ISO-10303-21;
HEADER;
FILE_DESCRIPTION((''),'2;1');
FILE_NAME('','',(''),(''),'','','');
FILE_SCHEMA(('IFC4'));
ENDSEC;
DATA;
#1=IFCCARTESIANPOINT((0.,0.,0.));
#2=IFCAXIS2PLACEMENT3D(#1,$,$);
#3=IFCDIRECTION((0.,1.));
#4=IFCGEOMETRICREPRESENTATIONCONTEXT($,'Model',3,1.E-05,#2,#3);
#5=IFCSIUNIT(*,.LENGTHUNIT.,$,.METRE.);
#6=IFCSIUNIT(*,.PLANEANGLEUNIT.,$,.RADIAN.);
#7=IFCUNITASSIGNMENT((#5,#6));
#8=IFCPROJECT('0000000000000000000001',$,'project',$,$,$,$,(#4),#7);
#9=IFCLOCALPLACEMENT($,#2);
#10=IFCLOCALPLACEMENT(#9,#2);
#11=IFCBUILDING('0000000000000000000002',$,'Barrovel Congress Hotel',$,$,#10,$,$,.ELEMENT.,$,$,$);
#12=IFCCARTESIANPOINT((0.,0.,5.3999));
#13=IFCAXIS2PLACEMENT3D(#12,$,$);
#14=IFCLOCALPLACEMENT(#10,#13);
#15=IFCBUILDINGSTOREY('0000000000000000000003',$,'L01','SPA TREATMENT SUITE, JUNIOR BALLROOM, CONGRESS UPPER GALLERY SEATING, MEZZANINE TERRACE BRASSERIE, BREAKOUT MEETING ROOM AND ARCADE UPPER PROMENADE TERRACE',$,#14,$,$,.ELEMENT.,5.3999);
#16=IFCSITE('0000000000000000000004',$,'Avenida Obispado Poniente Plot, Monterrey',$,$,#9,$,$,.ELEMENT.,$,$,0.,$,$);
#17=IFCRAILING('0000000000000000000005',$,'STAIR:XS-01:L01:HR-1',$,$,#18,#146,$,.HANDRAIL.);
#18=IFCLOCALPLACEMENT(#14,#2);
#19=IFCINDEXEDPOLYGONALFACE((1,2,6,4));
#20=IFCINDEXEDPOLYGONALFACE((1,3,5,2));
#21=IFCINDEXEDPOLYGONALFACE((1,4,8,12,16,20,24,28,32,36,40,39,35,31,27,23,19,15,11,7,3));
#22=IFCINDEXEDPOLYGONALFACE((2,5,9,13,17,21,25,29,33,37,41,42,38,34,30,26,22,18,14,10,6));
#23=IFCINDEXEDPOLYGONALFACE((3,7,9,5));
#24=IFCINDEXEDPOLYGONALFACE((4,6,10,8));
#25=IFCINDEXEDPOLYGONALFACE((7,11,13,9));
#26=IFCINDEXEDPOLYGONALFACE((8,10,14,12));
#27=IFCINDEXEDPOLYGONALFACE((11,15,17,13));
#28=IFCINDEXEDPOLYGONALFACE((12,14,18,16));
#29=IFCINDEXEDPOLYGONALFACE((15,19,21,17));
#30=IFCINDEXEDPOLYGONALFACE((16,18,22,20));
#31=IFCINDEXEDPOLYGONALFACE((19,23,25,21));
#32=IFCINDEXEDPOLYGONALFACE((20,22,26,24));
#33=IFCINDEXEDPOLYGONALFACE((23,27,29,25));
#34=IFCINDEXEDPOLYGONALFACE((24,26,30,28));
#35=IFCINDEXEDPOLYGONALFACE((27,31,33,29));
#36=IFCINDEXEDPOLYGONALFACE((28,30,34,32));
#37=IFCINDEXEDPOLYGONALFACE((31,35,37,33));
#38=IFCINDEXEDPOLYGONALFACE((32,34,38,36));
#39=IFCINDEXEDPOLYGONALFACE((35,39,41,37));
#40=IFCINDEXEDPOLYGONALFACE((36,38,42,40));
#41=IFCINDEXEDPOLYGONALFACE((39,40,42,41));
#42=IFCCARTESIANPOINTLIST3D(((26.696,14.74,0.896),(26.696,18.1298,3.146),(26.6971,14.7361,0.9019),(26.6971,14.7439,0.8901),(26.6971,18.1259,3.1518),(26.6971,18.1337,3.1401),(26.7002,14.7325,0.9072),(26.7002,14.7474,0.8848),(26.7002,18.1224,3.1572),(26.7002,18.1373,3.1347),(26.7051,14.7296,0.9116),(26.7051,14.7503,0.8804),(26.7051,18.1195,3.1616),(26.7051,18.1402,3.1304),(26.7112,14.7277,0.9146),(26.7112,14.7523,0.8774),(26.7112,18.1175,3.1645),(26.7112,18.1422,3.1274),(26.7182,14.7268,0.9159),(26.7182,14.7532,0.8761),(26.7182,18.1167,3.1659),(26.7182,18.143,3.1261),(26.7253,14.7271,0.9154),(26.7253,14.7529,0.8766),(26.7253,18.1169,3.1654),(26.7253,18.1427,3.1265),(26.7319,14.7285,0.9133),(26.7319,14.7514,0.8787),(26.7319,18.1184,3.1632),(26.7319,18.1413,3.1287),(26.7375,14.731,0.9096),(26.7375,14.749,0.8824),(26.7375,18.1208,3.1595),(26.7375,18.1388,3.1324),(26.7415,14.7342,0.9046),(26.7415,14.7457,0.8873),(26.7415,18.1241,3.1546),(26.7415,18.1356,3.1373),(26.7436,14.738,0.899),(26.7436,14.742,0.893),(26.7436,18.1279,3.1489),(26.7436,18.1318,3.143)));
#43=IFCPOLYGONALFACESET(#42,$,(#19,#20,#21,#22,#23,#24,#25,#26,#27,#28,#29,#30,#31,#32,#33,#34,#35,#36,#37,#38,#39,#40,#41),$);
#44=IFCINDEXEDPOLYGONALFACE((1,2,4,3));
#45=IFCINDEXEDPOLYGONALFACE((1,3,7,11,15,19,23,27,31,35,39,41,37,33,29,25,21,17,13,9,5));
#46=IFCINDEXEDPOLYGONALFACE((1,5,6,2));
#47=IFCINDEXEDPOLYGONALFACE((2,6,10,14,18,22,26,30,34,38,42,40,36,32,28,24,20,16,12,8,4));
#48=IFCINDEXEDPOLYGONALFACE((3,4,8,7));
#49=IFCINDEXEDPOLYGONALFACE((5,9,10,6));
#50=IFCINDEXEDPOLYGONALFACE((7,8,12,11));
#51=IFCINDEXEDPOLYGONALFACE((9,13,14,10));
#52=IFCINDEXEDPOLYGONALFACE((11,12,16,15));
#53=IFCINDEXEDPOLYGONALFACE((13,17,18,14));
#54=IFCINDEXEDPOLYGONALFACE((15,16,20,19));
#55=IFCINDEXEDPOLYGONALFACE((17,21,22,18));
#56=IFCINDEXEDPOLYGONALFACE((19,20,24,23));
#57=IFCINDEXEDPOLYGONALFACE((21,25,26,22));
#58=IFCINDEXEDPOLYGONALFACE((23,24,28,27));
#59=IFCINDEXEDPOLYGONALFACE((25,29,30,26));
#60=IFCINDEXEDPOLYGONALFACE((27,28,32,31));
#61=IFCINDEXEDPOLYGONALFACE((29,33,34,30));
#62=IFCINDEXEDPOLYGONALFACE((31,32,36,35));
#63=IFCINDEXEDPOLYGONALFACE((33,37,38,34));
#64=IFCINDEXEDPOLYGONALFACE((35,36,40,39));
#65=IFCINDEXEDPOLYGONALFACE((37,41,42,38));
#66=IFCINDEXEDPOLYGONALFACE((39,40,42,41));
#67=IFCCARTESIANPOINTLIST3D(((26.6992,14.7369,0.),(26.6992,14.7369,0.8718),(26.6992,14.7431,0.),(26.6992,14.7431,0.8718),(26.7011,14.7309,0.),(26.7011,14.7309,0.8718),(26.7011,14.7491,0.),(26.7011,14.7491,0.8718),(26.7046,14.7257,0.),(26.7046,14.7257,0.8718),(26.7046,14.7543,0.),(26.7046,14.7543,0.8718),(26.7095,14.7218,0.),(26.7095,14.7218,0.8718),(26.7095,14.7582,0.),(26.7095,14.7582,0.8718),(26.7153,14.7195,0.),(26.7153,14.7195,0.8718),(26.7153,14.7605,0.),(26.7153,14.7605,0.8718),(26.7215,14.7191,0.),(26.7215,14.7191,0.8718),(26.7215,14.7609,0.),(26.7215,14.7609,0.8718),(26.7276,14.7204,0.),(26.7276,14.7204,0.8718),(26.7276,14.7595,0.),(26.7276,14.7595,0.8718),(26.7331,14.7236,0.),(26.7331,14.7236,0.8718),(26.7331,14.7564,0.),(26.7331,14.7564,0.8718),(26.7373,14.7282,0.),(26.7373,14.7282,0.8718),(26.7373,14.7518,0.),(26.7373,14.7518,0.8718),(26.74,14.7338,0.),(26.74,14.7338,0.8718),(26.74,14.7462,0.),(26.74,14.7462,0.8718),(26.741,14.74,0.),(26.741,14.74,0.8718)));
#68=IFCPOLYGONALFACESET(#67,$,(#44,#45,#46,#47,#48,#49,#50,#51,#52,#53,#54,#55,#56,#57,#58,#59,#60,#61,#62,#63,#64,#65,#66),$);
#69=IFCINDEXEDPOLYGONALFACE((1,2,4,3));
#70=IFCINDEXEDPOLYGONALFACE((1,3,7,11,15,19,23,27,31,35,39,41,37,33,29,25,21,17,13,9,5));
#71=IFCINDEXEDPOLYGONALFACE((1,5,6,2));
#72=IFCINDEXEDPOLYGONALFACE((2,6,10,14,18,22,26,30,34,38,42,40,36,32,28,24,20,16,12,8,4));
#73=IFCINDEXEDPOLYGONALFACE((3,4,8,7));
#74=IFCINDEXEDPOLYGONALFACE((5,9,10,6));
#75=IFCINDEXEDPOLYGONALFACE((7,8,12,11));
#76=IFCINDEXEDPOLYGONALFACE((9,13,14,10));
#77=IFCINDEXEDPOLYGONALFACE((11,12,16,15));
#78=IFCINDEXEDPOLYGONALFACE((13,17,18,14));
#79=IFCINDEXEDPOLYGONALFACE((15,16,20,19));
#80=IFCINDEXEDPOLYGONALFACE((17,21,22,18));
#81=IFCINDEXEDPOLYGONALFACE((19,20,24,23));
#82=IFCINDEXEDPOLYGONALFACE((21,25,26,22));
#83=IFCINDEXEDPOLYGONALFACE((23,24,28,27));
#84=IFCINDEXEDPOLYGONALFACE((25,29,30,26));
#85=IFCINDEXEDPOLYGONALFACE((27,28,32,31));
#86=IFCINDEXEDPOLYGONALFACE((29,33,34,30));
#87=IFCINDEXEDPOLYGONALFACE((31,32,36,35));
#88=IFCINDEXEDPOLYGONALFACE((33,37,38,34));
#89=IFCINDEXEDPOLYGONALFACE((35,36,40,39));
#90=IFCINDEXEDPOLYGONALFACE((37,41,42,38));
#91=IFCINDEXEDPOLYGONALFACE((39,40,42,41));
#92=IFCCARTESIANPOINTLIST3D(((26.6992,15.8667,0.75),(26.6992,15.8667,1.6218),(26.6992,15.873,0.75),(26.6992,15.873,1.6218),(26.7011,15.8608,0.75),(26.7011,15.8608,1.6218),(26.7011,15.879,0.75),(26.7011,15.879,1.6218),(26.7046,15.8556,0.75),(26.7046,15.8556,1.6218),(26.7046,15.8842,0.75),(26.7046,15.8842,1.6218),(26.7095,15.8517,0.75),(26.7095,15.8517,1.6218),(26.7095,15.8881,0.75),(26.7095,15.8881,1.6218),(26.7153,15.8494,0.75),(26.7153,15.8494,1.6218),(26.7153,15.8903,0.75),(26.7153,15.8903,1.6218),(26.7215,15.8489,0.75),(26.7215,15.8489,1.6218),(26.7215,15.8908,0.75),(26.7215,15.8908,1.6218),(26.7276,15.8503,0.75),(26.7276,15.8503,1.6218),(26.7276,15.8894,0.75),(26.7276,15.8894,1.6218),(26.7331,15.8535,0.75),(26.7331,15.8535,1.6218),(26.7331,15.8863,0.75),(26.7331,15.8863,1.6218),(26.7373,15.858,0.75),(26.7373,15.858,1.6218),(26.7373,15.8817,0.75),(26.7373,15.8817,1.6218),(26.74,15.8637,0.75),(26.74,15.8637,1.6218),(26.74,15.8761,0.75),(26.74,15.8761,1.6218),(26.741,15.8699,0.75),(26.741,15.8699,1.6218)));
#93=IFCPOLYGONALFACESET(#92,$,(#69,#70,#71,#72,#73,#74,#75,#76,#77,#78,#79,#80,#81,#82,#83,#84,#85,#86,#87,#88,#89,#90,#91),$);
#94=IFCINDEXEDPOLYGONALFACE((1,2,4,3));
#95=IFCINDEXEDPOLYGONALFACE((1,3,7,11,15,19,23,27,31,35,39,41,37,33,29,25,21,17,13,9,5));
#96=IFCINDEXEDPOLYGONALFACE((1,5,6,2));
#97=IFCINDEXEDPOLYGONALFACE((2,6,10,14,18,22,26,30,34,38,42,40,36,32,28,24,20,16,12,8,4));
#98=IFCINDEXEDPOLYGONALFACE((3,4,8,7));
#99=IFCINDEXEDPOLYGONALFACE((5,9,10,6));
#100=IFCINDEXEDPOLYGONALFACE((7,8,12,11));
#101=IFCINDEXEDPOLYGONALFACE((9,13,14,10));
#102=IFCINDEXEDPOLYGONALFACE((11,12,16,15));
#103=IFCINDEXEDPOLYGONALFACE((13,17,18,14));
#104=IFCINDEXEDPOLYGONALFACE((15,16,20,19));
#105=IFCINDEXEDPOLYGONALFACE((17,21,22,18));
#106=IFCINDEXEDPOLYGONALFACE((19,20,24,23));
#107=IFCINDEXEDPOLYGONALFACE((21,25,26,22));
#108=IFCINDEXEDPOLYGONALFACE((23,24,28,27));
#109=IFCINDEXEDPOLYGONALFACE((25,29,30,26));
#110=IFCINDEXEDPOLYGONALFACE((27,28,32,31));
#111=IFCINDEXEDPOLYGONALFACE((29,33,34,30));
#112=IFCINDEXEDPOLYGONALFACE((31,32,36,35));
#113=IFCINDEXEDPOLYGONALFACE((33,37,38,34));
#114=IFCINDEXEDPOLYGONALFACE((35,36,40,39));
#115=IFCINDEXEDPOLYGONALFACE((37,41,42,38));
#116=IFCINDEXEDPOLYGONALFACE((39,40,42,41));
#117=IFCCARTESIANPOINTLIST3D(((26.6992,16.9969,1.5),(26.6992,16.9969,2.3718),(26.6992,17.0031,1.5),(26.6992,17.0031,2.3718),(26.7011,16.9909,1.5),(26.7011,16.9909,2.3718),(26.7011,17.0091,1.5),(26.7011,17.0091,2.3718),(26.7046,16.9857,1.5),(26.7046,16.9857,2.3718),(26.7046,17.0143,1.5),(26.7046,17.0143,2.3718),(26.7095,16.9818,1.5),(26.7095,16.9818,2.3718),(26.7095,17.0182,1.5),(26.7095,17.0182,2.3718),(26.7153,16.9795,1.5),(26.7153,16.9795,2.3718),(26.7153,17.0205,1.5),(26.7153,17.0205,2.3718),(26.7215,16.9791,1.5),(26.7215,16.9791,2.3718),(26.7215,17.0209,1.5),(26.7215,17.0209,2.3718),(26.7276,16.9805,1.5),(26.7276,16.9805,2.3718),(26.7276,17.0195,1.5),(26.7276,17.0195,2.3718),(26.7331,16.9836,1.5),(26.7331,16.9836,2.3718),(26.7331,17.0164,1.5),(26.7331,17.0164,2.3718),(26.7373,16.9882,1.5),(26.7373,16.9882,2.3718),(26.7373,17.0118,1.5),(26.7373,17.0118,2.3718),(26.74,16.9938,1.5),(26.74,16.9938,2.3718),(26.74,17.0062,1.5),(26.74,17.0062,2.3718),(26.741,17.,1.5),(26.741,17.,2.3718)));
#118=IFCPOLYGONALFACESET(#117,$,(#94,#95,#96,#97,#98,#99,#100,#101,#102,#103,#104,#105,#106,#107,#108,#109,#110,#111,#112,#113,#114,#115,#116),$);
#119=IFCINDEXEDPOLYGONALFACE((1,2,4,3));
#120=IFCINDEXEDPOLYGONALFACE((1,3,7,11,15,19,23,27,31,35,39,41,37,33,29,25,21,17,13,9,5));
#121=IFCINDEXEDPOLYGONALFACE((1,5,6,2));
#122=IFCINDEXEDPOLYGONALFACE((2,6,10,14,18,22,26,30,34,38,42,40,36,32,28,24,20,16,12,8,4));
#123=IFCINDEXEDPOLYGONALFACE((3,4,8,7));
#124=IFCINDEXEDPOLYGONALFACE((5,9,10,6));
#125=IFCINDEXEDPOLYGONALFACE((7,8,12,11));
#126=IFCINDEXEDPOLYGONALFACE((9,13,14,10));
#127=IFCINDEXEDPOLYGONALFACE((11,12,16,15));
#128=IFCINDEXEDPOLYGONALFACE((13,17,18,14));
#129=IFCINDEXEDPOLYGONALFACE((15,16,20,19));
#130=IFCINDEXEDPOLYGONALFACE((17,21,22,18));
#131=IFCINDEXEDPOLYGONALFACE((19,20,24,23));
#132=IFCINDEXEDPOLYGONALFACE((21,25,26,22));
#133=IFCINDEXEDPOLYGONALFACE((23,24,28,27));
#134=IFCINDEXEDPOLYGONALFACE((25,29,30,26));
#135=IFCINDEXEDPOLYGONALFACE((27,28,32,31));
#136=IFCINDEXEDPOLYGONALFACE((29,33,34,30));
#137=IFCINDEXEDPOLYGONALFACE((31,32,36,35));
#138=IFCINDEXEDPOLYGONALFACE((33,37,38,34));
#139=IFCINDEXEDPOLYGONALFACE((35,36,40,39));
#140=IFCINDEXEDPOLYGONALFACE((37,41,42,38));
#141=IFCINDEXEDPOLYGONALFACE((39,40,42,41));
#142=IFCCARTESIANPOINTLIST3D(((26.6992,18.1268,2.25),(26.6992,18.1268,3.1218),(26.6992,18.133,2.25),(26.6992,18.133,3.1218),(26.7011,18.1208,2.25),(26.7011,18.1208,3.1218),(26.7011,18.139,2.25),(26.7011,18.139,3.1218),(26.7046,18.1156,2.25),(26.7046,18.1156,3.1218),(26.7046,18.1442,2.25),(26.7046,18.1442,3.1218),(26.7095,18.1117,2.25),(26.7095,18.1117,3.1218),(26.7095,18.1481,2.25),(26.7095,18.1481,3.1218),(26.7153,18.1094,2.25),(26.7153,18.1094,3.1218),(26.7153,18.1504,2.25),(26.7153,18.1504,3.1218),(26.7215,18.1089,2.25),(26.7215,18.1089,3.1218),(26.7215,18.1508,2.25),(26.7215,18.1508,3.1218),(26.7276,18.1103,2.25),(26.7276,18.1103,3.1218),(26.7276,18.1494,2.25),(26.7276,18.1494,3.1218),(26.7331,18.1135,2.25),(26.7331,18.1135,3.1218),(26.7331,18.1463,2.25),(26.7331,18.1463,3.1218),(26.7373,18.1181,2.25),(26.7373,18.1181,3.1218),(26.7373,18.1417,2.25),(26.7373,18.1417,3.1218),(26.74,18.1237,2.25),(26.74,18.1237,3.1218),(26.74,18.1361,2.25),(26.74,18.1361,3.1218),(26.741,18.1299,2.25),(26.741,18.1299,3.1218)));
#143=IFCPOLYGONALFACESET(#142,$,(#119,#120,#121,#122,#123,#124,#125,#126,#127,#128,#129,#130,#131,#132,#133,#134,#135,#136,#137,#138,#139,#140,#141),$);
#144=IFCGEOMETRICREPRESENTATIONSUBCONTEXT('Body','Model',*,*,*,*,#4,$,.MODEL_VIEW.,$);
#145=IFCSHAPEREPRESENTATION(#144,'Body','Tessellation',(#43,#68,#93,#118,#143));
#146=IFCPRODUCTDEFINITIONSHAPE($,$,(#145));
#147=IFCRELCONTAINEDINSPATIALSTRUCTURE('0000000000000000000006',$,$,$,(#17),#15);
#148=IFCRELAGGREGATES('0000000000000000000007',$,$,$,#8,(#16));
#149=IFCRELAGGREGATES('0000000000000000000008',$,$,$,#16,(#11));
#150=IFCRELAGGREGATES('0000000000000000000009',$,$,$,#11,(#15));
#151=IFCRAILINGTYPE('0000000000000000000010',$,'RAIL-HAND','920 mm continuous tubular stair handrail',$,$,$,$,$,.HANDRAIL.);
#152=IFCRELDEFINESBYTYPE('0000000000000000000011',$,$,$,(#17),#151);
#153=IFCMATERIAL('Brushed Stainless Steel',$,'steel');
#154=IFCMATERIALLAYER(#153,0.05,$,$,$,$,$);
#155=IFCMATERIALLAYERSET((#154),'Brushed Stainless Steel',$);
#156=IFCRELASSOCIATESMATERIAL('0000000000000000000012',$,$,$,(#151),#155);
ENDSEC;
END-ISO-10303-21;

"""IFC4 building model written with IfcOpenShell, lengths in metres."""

from ifc_helpers import new_model, si_unit, direction, frame, origin, origin_2d, place, context, subcontext, project, spatial, circle, extrude, material, layer, layer_set, type_object, element, save


model = new_model("IFC4")

# Units and contexts
model_context = context("Model", 3, precision=1e-05, world=origin(), true_north=direction((0.0, 1.0)))
body_context = subcontext(model_context, "Body", "Model", "MODEL_VIEW")
ifc_project = project(units=[si_unit("LENGTHUNIT", "METRE"), si_unit("PLANEANGLEUNIT", "RADIAN")], contexts=[model_context])

# Site, building, storey
site_placement = place(None, origin())
site = spatial("IfcSite", under=ifc_project, at=site_placement, Name="Avenida Obispado Poniente Plot, Monterrey", CompositionType="ELEMENT", RefElevation=0.0)
building_placement = place(site_placement, origin())
building = spatial("IfcBuilding", under=site, at=building_placement, Name="Barrovel Congress Hotel", CompositionType="ELEMENT")
storey_placement = place(building_placement, frame((0.0, 0.0, 5.3999)))
storey = spatial("IfcBuildingStorey", under=building, at=storey_placement, Name="L01", Description="SPA TREATMENT SUITE, JUNIOR BALLROOM, CONGRESS UPPER GALLERY SEATING, MEZZANINE TERRACE BRASSERIE, BREAKOUT MEETING ROOM AND ARCADE UPPER PROMENADE TERRACE", CompositionType="ELEMENT", Elevation=5.3999)

# Shared definitions
ifc_material_1 = material(Name="Brushed Stainless Steel", Category="steel")

# Railing
ifc_layer_1 = layer(ifc_material_1, 0.05)
ifc_layer_set_1 = layer_set([ifc_layer_1], Name="Brushed Stainless Steel")
railing_type_1 = type_object("IfcRailingType", Name="RAIL-HAND", Description="920 mm continuous tubular stair handrail", PredefinedType="HANDRAIL", material=ifc_layer_set_1)
railing_1_placement = place(storey_placement, frame((26.72, 14.74, 0.0)))
element("IfcRailing", 1, at=railing_1_placement, inside=storey, type_object=railing_type_1, Name="STAIR:XS-01:L01:HR-1", PredefinedType="HANDRAIL", context=body_context, shape_type="SweptSolid", body=[
    extrude(circle(Radius=0.0239, at=origin_2d()), frame((0.0, 0.0, 0.896), z_axis=(0.0, 0.833175, 0.55301), x_axis=(-1.0, 0.0, 0.0)), (0.0, 0.0, 1.0), 4.0686),
    extrude(circle(Radius=0.021, at=origin_2d()), origin(), (0.0, 0.0, 1.0), 0.8718),
    extrude(circle(Radius=0.021, at=origin_2d()), frame((0.0, 1.1299, 0.75)), (0.0, 0.0, 1.0), 0.8718),
    extrude(circle(Radius=0.021, at=origin_2d()), frame((0.0, 2.26, 1.5)), (0.0, 0.0, 1.0), 0.8718),
    extrude(circle(Radius=0.021, at=origin_2d()), frame((0.0, 3.3899, 2.25)), (0.0, 0.0, 1.0), 0.8718),
])

save(model, "model.ifc")
